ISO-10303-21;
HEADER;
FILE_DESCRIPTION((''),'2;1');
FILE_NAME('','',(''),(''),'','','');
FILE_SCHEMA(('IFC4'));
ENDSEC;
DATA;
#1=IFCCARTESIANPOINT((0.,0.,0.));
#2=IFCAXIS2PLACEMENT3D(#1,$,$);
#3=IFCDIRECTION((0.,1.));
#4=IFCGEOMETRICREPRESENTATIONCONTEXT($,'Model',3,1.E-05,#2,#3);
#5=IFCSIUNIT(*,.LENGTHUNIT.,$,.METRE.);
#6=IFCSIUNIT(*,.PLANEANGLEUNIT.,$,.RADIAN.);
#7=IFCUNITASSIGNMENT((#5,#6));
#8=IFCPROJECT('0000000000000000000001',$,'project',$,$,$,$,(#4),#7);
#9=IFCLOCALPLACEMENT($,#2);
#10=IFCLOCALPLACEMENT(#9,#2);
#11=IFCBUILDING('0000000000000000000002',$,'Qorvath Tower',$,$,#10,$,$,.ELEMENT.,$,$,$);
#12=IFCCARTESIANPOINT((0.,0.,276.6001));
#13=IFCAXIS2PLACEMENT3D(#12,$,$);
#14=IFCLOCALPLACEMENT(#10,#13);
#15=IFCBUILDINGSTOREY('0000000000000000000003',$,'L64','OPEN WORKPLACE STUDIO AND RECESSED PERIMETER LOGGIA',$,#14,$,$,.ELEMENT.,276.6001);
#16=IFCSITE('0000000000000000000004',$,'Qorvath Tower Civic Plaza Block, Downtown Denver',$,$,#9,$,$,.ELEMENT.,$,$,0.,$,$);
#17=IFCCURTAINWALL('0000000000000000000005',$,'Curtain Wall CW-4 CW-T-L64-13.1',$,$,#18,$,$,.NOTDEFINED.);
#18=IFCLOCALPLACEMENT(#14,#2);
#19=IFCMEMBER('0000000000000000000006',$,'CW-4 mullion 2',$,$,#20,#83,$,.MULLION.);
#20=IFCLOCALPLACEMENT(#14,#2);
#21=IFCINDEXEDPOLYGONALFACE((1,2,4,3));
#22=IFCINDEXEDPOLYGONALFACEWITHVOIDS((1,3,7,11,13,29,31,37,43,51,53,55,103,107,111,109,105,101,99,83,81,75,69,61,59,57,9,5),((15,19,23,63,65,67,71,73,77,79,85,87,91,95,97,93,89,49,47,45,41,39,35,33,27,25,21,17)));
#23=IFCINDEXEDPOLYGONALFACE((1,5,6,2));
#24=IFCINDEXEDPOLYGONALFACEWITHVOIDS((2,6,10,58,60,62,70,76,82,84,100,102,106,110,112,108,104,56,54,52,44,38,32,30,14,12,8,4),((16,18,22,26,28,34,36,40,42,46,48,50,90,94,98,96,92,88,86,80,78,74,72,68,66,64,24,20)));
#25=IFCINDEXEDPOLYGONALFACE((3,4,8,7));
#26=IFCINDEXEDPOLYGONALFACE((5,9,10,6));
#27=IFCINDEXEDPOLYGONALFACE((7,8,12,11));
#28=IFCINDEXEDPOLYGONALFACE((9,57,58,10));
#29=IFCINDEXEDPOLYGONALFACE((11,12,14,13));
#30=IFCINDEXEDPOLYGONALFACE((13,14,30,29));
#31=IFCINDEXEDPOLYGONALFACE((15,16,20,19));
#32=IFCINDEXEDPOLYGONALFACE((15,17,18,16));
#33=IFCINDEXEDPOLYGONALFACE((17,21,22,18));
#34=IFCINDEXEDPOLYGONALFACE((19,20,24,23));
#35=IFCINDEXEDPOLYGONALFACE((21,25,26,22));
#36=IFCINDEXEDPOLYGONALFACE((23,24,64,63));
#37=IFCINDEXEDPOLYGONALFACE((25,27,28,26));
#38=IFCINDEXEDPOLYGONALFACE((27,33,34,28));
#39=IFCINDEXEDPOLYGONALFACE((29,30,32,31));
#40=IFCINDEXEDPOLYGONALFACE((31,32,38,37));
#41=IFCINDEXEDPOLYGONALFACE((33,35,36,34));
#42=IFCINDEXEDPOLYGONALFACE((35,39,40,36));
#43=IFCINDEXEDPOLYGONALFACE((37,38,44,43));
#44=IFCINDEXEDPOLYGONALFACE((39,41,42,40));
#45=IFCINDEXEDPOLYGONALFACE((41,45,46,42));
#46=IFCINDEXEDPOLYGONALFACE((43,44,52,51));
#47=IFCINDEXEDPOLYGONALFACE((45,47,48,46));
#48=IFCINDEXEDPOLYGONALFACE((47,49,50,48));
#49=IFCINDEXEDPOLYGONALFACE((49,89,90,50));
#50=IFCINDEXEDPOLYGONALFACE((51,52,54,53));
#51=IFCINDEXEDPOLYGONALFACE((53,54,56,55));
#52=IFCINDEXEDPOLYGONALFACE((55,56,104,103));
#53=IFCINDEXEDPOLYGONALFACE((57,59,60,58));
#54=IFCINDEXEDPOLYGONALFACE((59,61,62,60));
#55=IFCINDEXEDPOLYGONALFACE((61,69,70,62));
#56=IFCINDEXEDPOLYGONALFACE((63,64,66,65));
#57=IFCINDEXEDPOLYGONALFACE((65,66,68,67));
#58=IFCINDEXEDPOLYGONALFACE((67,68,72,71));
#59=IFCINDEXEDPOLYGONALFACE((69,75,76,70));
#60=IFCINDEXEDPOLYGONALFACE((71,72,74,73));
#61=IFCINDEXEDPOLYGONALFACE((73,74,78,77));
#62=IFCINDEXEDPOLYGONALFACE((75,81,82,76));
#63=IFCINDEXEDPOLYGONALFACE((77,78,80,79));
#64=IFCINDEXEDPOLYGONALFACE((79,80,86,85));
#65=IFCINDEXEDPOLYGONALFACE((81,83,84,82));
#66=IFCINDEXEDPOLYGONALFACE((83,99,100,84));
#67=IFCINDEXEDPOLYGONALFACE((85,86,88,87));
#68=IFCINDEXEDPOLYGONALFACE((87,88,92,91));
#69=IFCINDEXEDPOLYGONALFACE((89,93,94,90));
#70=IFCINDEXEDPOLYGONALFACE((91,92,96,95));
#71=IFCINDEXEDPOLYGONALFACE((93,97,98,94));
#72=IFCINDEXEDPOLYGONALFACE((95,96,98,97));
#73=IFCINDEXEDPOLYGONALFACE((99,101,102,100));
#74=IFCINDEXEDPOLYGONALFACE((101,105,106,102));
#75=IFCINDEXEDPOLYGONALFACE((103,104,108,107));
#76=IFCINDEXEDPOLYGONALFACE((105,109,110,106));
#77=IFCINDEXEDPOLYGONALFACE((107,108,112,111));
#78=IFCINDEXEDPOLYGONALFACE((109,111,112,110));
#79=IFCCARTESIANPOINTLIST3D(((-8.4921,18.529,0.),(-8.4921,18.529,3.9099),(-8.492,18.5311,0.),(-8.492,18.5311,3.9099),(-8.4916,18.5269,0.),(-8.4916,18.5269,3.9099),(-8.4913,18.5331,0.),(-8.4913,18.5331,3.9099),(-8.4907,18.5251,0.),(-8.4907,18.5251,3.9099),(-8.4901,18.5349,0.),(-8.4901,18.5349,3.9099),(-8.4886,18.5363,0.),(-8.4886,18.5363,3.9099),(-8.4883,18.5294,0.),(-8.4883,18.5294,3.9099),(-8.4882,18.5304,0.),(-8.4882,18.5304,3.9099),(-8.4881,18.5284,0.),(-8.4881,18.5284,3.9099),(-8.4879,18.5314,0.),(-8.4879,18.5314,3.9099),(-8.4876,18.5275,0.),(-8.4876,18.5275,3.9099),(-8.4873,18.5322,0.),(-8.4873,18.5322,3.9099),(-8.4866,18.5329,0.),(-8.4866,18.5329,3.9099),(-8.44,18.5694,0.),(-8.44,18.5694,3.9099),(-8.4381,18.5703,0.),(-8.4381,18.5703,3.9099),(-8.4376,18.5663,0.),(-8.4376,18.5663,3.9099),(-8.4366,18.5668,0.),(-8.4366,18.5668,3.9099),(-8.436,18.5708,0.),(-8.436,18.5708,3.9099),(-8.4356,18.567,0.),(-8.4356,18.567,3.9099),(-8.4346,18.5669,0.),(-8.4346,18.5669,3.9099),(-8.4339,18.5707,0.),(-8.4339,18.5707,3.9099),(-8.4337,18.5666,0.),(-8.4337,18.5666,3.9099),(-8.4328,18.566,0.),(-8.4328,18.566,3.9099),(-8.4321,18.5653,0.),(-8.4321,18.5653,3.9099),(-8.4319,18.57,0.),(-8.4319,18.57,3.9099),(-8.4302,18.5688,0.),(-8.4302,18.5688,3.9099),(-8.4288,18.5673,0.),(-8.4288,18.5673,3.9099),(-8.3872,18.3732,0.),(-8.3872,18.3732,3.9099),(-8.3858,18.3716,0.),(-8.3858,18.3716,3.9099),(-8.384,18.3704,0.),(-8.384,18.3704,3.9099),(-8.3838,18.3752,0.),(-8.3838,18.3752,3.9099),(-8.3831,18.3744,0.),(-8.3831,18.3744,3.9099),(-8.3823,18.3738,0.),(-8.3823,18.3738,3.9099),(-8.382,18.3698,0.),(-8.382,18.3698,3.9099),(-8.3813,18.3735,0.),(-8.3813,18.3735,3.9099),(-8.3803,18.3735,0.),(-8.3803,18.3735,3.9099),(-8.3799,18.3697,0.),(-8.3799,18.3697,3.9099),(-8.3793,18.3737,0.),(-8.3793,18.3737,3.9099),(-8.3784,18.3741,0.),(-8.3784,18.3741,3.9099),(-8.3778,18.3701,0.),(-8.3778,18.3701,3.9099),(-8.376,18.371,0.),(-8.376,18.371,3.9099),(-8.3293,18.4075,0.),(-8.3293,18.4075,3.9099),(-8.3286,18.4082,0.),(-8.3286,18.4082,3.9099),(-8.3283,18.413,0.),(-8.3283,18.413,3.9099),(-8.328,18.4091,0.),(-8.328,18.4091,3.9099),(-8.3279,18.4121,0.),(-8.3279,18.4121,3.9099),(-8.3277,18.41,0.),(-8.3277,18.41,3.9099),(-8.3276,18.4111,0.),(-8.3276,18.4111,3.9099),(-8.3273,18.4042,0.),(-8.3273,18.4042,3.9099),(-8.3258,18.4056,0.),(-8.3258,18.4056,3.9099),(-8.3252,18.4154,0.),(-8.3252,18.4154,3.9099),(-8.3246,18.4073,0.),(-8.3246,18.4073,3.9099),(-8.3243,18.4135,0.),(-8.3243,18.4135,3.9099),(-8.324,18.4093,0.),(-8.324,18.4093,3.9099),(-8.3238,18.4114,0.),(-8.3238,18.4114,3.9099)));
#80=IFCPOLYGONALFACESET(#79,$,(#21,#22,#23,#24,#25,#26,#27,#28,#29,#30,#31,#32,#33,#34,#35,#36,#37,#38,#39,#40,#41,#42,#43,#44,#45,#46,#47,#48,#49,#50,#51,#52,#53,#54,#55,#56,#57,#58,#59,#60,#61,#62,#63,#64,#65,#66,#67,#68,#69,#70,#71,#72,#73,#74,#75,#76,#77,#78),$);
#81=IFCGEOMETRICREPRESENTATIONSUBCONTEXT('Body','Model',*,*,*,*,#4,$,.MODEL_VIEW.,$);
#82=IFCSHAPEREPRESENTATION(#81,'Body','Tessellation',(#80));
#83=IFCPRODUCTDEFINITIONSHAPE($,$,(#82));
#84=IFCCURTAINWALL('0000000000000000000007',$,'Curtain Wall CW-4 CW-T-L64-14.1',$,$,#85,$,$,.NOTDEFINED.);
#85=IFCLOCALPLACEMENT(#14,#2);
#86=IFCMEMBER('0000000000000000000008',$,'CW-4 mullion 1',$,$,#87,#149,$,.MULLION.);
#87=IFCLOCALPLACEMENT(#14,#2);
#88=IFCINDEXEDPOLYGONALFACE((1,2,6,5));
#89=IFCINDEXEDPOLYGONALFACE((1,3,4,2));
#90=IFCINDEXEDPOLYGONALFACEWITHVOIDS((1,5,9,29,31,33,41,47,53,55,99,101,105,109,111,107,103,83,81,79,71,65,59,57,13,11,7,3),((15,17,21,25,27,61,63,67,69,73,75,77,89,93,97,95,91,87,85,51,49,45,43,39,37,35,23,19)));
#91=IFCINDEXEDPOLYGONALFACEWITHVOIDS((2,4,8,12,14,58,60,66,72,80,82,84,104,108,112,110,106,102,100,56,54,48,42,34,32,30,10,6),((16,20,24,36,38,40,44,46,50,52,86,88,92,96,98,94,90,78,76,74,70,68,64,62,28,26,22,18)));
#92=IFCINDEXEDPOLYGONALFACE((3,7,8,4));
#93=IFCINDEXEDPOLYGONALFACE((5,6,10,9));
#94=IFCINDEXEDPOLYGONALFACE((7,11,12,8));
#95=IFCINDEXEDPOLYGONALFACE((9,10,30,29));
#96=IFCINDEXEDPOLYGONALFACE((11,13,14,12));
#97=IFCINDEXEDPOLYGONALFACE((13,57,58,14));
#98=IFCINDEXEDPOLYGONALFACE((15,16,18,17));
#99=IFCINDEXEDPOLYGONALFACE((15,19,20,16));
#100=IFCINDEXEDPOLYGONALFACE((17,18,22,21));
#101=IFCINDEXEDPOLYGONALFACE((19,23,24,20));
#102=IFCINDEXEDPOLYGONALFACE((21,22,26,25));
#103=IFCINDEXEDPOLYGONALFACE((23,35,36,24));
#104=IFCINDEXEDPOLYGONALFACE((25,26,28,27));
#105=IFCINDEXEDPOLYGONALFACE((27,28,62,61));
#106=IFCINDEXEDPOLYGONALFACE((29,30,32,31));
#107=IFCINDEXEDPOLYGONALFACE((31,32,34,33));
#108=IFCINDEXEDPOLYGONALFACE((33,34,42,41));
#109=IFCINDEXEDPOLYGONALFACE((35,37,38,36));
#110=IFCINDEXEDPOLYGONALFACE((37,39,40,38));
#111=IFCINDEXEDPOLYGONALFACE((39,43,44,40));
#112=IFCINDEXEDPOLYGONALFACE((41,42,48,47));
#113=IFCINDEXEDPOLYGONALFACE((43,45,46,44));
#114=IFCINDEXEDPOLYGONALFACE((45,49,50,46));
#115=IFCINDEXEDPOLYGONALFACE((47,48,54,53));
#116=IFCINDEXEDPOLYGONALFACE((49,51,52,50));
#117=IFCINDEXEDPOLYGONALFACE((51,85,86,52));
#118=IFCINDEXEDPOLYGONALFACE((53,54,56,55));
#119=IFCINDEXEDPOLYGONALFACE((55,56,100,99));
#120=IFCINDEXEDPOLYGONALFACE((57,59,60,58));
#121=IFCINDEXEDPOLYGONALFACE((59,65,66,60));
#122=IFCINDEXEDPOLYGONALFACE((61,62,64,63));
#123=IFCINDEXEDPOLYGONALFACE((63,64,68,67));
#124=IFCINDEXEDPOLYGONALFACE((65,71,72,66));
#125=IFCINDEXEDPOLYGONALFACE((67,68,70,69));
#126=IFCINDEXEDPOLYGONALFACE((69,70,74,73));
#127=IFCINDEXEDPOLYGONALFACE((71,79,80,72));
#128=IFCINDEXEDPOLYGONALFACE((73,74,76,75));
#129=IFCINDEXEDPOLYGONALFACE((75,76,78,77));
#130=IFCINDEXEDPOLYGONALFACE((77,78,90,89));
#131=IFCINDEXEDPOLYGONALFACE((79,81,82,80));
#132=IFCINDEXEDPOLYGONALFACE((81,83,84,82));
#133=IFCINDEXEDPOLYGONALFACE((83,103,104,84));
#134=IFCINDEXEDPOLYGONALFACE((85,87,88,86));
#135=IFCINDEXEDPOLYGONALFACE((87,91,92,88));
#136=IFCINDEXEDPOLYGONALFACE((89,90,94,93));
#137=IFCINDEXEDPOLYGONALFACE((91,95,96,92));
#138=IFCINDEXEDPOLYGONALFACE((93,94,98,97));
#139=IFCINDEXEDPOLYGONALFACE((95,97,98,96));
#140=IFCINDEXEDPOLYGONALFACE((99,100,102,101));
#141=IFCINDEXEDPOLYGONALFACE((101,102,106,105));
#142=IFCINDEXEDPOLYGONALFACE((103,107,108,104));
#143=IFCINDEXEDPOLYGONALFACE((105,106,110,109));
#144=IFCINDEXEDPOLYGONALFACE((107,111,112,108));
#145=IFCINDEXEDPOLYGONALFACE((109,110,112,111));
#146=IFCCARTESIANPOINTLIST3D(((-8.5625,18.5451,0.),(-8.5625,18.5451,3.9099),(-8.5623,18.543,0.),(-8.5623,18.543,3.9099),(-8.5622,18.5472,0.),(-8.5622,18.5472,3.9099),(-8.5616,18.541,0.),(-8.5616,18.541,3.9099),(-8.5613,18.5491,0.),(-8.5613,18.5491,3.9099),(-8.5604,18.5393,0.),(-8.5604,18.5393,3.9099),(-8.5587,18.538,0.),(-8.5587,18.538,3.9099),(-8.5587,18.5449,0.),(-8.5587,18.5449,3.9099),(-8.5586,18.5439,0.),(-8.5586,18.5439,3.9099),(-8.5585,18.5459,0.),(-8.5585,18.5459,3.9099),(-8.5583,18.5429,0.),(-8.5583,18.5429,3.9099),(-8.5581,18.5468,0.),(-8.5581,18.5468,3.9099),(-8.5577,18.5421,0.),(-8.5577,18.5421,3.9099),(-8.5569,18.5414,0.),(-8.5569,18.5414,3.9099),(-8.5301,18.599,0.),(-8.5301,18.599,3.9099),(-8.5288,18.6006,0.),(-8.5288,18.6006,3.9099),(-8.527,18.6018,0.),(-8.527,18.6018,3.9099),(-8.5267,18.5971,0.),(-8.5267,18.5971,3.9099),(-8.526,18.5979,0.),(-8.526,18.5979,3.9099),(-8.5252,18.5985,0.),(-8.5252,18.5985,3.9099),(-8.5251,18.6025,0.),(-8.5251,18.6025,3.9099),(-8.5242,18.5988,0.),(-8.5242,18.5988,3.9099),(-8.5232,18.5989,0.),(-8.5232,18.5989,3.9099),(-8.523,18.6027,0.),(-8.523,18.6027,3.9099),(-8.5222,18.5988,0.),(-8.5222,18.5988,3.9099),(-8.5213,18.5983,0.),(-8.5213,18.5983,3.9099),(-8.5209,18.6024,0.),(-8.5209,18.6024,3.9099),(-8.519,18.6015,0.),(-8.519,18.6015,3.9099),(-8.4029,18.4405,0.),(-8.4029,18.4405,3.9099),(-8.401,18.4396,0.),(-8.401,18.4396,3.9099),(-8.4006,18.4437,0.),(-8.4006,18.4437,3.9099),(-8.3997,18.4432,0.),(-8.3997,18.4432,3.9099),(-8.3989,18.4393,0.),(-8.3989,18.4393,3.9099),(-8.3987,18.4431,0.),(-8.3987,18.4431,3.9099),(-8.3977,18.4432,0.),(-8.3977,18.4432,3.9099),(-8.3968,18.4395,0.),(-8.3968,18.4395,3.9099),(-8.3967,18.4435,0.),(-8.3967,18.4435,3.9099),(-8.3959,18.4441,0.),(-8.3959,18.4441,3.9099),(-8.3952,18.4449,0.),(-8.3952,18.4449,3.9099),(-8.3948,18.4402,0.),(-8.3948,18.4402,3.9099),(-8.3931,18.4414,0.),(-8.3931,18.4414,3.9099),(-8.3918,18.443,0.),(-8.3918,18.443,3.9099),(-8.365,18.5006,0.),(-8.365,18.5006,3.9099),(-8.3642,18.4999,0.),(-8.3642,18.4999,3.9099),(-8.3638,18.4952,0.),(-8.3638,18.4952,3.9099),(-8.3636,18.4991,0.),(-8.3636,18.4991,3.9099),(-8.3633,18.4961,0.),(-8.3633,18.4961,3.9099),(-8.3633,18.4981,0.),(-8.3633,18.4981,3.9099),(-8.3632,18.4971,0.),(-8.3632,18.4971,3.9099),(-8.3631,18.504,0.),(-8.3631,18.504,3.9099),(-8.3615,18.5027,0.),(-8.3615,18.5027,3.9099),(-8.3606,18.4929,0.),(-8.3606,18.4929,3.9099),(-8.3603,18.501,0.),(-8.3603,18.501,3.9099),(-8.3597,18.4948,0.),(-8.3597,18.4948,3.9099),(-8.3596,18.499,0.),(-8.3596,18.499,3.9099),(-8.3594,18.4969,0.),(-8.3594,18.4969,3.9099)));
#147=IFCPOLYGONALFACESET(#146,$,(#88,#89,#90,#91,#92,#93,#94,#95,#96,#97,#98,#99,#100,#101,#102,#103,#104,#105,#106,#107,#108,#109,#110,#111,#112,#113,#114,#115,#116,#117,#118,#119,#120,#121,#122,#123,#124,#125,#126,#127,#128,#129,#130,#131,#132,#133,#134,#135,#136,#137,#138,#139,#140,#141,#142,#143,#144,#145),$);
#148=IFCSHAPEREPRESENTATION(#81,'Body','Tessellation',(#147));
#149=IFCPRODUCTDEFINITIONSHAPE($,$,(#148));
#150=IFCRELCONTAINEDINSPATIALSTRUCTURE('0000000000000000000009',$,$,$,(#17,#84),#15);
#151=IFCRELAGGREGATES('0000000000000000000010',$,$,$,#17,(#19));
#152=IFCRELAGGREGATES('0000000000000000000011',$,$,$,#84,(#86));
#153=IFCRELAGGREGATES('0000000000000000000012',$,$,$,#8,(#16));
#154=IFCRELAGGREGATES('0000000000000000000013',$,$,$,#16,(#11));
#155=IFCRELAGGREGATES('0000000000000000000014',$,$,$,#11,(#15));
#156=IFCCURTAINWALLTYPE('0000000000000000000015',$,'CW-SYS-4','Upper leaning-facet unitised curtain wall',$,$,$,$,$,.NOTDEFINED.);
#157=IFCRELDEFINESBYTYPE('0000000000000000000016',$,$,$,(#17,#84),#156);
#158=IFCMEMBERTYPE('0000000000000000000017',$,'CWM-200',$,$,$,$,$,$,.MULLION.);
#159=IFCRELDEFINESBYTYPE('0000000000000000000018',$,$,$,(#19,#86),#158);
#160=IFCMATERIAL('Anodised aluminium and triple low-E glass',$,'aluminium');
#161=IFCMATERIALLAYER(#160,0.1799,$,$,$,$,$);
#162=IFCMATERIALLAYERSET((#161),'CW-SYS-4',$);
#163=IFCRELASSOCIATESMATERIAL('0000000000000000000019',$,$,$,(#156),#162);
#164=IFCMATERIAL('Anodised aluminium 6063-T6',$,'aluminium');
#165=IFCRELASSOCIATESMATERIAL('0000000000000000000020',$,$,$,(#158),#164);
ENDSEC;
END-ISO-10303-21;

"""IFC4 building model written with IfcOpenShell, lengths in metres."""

from ifc_helpers import new_model, si_unit, direction, frame, origin, origin_2d, place, context, subcontext, project, spatial, hollow_rectangle, extrude, material, layer, layer_set, material_profile, profile_set, type_object, element, aggregate, save


model = new_model("IFC4")

# Units and contexts
model_context = context("Model", 3, precision=1e-05, world=origin(), true_north=direction((0.0, 1.0)))
body_context = subcontext(model_context, "Body", "Model", "MODEL_VIEW")
ifc_project = project(units=[si_unit("LENGTHUNIT", "METRE"), si_unit("PLANEANGLEUNIT", "RADIAN")], contexts=[model_context])

# Site, building, storey
site_placement = place(None, origin())
site = spatial("IfcSite", under=ifc_project, at=site_placement, Name="Qorvath Tower Civic Plaza Block, Downtown Denver", CompositionType="ELEMENT", RefElevation=0.0)
building_placement = place(site_placement, origin())
building = spatial("IfcBuilding", under=site, at=building_placement, Name="Qorvath Tower", CompositionType="ELEMENT")
storey_placement = place(building_placement, frame((0.0, 0.0, 276.6001)))
storey = spatial("IfcBuildingStorey", under=building, at=storey_placement, Name="L64", Description="OPEN WORKPLACE STUDIO AND RECESSED PERIMETER LOGGIA", CompositionType="ELEMENT", Elevation=276.6001)

# Shared definitions
ifc_material_1 = material(Name="Anodised aluminium and triple low-E glass", Category="aluminium")
ifc_layer_1 = layer(ifc_material_1, 0.1799)
ifc_layer_set_1 = layer_set([ifc_layer_1], Name="CW-SYS-4")
curtain_wall_type = type_object("IfcCurtainWallType", Name="CW-SYS-4", Description="Upper leaning-facet unitised curtain wall", PredefinedType="NOTDEFINED", material=ifc_layer_set_1)
ifc_material_2 = material(Name="Anodised aluminium 6063-T6", Category="aluminium")
ifc_material_profile_1 = material_profile(ifc_material_2, hollow_rectangle(XDim=0.075, YDim=0.2, WallThickness=0.0039, InnerFilletRadius=0.0039, OuterFilletRadius=0.0081, at=origin_2d()), Name="CWM 200x75")
ifc_profile_set_1 = profile_set([ifc_material_profile_1], Name="Anodised aluminium 6063-T6")
member_type_1 = type_object("IfcMemberType", Name="CWM-200", PredefinedType="MULLION", material=ifc_profile_set_1)

# Curtain wall, member
curtain_wall_1_placement = place(storey_placement, origin())
curtain_wall_1 = element("IfcCurtainWall", 1, at=curtain_wall_1_placement, inside=storey, type_object=curtain_wall_type, Name="Curtain Wall CW-4 CW-T-L64-13.1", PredefinedType="NOTDEFINED")
member_1_placement = place(storey_placement, frame((-8.408, 18.4702, 0.0), z_axis=(0.0, 0.0, 1.0), x_axis=(-0.826319, -0.563203, 0.0)))
member_1 = element("IfcMember", 2, at=member_1_placement, type_object=member_type_1, Name="CW-4 mullion 2", PredefinedType="MULLION", context=body_context, shape_type="SweptSolid", body=[
    extrude(hollow_rectangle(XDim=0.075, YDim=0.2, WallThickness=0.0039, InnerFilletRadius=0.0039, OuterFilletRadius=0.0081, at=origin_2d()), origin(), (0.0, 0.0, 1.0), 3.9099),
])

# Curtain wall, member
curtain_wall_2_placement = place(storey_placement, origin())
curtain_wall_2 = element("IfcCurtainWall", 3, at=curtain_wall_2_placement, inside=storey, type_object=curtain_wall_type, Name="Curtain Wall CW-4 CW-T-L64-14.1", PredefinedType="NOTDEFINED")
member_2_placement = place(storey_placement, frame((-8.4609, 18.521, 0.0), z_axis=(0.0, 0.0, 1.0), x_axis=(-0.530363, -0.847771, 0.0)))
member_2 = element("IfcMember", 4, at=member_2_placement, type_object=member_type_1, Name="CW-4 mullion 1", PredefinedType="MULLION", context=body_context, shape_type="SweptSolid", body=[
    extrude(hollow_rectangle(XDim=0.075, YDim=0.2, WallThickness=0.0039, InnerFilletRadius=0.0039, OuterFilletRadius=0.0081, at=origin_2d()), origin(), (0.0, 0.0, 1.0), 3.9099),
])

aggregate(curtain_wall_1, [member_1])
aggregate(curtain_wall_2, [member_2])

save(model, "model.ifc")
